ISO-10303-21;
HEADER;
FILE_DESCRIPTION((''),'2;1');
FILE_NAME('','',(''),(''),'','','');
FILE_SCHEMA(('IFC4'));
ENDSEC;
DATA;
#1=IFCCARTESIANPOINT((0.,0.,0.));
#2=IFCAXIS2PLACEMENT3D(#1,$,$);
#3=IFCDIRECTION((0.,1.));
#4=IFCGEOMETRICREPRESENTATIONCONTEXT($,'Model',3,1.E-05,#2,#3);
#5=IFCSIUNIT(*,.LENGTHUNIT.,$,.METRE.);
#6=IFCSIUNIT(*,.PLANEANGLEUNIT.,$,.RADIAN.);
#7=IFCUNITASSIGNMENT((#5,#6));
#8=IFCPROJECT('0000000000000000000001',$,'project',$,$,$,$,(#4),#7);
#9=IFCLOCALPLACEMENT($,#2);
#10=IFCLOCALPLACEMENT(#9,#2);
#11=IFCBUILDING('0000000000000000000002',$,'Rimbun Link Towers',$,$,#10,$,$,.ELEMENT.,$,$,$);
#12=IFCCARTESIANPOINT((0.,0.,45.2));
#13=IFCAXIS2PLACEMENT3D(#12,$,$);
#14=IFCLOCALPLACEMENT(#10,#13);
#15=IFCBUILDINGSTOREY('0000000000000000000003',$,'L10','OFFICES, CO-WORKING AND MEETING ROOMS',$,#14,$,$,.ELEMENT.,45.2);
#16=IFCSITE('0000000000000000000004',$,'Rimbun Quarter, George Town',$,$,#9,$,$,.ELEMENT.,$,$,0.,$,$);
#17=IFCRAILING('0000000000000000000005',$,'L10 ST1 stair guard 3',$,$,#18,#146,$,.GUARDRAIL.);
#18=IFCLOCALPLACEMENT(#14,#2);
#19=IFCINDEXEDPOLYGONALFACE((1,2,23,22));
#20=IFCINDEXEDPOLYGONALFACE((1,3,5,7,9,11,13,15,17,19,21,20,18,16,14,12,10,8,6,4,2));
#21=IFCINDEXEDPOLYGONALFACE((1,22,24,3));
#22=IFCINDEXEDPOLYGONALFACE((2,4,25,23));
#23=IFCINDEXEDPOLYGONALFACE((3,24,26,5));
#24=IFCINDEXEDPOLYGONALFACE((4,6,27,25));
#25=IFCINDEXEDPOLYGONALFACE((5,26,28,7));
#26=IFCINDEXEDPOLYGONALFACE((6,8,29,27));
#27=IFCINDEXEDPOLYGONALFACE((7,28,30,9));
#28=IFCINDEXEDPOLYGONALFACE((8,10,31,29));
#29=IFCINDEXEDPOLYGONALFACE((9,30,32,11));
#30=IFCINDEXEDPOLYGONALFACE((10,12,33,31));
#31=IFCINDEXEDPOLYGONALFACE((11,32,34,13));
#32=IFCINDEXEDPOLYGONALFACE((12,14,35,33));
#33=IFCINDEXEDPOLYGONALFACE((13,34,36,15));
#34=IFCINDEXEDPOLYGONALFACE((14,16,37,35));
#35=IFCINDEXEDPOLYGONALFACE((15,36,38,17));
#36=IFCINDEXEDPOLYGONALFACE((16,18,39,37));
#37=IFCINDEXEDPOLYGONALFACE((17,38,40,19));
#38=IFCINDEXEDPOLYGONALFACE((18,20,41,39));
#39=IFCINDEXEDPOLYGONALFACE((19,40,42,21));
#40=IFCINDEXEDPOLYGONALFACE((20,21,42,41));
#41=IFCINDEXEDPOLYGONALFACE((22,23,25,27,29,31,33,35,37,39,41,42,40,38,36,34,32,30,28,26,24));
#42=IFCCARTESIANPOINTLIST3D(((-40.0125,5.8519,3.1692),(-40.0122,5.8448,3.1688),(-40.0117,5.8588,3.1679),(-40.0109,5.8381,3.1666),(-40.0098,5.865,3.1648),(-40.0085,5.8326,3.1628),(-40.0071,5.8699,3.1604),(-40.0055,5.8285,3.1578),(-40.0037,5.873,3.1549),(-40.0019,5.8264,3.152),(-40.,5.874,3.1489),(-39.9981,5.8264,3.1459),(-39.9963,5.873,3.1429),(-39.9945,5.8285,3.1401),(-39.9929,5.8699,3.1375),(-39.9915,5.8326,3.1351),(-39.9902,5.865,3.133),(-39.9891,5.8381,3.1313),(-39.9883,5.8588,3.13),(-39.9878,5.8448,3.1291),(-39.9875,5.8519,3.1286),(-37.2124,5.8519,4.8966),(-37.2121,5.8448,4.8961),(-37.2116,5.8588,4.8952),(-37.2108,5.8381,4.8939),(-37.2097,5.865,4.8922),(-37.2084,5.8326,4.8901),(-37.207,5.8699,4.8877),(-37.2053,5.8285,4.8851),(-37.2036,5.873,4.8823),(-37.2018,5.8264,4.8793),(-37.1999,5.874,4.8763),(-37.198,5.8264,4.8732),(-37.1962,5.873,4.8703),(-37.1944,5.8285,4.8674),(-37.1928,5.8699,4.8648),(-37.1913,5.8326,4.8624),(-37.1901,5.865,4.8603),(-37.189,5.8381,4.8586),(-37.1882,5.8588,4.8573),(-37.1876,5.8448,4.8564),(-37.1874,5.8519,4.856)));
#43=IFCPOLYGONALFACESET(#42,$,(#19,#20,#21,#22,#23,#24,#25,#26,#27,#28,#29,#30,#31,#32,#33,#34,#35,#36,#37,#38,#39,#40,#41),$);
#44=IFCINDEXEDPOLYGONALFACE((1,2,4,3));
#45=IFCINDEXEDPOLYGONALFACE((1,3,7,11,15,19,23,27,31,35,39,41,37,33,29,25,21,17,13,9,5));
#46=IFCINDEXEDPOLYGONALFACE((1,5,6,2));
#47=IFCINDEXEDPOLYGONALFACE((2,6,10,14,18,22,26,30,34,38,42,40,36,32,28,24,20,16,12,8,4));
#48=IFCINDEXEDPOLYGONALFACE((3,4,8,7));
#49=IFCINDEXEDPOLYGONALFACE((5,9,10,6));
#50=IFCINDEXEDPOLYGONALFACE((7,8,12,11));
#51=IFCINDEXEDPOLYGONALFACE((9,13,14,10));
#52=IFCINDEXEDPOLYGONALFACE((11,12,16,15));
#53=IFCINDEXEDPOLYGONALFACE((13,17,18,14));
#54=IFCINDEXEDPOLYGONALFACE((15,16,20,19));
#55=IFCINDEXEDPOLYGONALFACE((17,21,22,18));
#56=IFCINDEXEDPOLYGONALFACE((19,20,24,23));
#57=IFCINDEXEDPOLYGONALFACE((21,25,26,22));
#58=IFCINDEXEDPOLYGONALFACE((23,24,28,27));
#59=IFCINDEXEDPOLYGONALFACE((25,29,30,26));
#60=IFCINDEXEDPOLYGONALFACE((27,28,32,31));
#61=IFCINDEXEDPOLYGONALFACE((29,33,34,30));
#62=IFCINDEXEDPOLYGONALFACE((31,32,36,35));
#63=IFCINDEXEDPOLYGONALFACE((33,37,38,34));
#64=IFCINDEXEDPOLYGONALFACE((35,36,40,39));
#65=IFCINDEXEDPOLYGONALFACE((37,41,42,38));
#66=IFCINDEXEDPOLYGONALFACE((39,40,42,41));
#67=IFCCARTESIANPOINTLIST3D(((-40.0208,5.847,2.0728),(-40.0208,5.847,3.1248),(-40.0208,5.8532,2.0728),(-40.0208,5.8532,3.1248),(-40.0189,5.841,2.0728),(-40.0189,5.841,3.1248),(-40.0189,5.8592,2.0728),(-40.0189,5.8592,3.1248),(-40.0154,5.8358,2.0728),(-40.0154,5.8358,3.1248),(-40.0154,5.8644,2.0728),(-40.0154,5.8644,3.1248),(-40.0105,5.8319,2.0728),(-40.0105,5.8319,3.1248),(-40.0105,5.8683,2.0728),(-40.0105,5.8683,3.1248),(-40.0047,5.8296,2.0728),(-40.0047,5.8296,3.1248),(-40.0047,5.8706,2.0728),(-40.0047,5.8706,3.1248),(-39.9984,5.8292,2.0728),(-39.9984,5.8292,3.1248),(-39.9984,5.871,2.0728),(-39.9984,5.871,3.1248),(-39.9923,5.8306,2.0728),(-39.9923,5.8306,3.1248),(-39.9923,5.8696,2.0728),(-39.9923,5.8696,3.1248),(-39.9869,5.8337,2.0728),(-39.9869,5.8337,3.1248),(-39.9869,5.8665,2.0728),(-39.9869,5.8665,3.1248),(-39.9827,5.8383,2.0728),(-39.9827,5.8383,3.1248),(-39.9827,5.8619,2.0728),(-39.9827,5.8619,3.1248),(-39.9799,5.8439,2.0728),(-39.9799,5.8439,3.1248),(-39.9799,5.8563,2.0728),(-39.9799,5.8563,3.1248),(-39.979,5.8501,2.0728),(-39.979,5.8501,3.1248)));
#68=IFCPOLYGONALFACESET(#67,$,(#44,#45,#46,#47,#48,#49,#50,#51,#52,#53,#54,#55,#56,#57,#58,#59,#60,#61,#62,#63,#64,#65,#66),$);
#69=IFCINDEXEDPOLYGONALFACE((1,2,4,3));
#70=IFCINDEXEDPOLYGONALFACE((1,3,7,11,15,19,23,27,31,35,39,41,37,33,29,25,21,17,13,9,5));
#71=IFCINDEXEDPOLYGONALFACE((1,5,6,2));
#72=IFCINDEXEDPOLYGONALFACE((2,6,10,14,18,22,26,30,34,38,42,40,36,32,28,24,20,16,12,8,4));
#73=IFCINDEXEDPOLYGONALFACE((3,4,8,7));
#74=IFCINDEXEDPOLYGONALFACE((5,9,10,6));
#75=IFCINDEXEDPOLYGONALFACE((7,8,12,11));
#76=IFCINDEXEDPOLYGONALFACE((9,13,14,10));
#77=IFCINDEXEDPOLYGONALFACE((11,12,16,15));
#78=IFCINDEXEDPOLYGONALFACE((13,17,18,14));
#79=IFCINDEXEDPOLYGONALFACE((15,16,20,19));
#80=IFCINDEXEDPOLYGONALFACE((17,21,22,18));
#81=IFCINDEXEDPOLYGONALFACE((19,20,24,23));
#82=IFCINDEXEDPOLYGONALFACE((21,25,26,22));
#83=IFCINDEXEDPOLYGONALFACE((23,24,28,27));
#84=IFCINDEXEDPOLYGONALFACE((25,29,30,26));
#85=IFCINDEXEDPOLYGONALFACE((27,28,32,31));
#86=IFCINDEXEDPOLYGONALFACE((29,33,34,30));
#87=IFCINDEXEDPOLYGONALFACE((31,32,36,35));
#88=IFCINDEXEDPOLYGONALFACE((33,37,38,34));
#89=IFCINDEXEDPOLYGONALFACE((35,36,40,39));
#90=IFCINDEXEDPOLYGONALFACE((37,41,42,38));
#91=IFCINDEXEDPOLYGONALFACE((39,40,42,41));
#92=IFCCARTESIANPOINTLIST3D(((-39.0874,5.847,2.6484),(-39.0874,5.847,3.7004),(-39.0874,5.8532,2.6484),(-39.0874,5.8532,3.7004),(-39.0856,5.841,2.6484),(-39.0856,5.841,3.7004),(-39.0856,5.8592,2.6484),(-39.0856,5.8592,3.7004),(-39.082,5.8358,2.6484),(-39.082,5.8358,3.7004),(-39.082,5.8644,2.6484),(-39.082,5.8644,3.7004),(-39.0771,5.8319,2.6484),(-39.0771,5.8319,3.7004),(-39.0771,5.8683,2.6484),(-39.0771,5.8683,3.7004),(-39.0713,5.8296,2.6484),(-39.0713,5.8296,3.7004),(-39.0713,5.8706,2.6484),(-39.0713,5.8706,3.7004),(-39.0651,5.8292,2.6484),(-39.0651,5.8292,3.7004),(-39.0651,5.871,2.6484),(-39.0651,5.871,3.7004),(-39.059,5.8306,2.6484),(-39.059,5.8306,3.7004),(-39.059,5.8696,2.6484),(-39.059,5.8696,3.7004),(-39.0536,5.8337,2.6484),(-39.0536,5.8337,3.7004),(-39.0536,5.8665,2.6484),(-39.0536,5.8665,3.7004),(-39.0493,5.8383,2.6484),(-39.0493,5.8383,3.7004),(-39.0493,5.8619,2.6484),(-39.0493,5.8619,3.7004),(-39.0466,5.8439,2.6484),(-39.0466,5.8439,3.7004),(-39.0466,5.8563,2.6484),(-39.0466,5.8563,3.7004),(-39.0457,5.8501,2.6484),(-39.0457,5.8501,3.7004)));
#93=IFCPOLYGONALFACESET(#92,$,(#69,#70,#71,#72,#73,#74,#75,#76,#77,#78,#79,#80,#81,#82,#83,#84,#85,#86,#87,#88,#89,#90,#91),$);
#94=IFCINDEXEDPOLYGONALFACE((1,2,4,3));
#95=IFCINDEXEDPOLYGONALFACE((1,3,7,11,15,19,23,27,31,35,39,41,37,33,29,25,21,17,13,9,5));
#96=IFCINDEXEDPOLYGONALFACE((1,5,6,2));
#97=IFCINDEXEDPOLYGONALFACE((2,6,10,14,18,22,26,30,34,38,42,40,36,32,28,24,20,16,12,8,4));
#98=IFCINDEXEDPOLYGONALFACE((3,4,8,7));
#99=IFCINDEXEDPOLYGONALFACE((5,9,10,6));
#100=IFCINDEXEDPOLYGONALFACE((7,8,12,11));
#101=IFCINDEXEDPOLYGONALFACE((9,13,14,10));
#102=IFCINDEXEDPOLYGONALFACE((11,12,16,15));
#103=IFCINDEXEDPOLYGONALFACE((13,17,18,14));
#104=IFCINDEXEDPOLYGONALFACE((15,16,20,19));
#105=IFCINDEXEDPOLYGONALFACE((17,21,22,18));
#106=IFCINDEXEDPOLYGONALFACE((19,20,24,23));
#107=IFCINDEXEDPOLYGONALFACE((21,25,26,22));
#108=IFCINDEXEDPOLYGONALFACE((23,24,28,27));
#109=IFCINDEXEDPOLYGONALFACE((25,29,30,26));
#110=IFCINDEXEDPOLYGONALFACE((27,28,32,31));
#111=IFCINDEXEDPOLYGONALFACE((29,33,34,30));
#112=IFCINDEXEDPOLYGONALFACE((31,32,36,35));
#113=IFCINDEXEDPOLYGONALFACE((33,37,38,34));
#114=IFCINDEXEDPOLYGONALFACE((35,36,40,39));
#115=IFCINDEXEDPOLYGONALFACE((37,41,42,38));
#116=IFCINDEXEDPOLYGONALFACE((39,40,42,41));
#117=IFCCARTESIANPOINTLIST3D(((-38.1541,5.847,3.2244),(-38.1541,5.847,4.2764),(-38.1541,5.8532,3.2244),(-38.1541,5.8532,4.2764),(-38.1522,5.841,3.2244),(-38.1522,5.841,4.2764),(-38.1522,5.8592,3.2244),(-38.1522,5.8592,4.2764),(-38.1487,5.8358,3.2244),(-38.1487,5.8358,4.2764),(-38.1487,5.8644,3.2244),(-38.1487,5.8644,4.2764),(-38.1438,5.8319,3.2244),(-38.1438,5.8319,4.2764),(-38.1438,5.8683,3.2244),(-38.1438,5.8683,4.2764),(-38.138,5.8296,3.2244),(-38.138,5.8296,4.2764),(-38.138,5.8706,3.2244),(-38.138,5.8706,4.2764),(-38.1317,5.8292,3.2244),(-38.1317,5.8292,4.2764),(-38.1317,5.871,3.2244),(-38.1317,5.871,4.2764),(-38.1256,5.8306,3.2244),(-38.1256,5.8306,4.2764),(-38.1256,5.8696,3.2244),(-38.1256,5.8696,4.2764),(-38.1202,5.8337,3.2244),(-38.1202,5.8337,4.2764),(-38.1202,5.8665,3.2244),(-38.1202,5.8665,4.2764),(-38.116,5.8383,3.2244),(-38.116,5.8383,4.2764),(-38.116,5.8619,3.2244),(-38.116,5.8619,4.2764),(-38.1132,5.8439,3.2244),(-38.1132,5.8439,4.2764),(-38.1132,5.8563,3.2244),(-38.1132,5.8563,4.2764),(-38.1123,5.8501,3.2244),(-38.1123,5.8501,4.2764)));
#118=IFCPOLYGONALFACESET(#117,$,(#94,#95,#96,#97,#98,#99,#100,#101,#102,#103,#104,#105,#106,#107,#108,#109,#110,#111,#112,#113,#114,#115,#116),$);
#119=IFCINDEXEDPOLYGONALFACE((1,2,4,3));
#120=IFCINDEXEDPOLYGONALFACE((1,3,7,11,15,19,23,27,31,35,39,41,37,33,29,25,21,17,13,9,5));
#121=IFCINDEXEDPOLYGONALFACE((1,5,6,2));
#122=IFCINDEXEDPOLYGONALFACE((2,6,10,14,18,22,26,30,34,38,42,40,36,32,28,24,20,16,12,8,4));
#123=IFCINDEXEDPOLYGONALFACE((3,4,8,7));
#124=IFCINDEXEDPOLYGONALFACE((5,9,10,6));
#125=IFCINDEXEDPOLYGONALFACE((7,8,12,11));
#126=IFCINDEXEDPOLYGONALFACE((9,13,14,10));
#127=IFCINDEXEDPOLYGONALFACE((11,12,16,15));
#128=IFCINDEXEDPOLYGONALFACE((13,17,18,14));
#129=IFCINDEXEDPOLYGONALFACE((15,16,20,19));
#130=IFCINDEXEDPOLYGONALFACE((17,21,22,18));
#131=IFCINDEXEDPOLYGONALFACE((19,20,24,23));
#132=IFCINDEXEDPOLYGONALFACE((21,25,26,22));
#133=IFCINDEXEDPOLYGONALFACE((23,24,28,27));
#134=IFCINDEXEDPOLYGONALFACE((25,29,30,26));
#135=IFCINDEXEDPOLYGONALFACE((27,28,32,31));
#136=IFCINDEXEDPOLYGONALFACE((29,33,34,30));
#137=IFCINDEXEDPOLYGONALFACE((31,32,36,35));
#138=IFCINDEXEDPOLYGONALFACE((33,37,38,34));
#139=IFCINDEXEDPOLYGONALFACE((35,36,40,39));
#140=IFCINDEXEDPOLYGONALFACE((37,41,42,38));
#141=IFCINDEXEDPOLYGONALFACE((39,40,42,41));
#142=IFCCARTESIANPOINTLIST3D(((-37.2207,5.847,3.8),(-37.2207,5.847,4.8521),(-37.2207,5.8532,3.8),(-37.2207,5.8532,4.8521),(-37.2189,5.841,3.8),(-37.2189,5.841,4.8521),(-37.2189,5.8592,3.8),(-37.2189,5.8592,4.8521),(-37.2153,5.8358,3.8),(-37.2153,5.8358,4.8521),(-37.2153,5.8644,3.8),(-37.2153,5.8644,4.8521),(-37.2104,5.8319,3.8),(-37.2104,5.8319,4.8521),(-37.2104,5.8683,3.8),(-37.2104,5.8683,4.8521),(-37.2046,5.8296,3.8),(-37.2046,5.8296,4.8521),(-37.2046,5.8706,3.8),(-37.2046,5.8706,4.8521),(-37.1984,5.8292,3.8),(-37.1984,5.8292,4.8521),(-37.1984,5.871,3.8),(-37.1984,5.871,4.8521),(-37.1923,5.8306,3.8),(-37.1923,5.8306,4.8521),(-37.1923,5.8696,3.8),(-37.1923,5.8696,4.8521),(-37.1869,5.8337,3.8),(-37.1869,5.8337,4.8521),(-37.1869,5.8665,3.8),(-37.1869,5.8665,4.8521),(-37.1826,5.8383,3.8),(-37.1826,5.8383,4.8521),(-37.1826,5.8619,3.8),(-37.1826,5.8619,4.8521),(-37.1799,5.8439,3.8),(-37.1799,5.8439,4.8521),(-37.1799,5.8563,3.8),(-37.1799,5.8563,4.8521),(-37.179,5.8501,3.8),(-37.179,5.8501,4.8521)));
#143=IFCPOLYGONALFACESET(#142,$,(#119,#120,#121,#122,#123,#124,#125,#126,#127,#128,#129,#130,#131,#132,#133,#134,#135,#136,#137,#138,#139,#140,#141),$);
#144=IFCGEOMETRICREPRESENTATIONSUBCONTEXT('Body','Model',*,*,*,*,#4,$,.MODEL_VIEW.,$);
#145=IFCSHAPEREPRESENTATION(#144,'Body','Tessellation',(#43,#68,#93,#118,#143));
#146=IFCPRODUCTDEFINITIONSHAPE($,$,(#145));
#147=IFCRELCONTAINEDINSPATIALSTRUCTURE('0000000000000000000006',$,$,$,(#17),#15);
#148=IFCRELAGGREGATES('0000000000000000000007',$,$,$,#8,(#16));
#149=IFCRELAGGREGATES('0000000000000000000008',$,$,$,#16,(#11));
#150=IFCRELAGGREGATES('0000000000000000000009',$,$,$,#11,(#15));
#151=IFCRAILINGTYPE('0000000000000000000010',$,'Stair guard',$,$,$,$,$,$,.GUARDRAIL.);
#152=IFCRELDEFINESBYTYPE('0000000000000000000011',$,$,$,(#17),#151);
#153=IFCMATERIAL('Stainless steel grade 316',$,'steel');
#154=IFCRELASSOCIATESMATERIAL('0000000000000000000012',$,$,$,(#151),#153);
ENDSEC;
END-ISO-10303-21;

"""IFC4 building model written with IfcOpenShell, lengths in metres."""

from ifc_helpers import new_model, si_unit, direction, frame, origin, origin_2d, place, context, subcontext, project, spatial, circle, extrude, material, type_object, element, save


model = new_model("IFC4")

# Units and contexts
model_context = context("Model", 3, precision=1e-05, world=origin(), true_north=direction((0.0, 1.0)))
body_context = subcontext(model_context, "Body", "Model", "MODEL_VIEW")
ifc_project = project(units=[si_unit("LENGTHUNIT", "METRE"), si_unit("PLANEANGLEUNIT", "RADIAN")], contexts=[model_context])

# Site, building, storey
site_placement = place(None, origin())
site = spatial("IfcSite", under=ifc_project, at=site_placement, Name="Rimbun Quarter, George Town", CompositionType="ELEMENT", RefElevation=0.0)
building_placement = place(site_placement, origin())
building = spatial("IfcBuilding", under=site, at=building_placement, Name="Rimbun Link Towers", CompositionType="ELEMENT")
storey_placement = place(building_placement, frame((0.0, 0.0, 45.2)))
storey = spatial("IfcBuildingStorey", under=building, at=storey_placement, Name="L10", Description="OFFICES, CO-WORKING AND MEETING ROOMS", CompositionType="ELEMENT", Elevation=45.2)

# Railing
ifc_material_1 = material(Name="Stainless steel grade 316", Category="steel")
railing_type_1 = type_object("IfcRailingType", Name="Stair guard", PredefinedType="GUARDRAIL", material=ifc_material_1)
railing_1_placement = place(storey_placement, frame((-40.0, 5.8501, 2.0728)))
element("IfcRailing", 1, at=railing_1_placement, inside=storey, type_object=railing_type_1, Name="L10 ST1 stair guard 3", PredefinedType="GUARDRAIL", context=body_context, shape_type="SweptSolid", body=[
    extrude(circle(Radius=0.0239, at=origin_2d()), frame((0.0, 0.0, 1.0762), z_axis=(0.85109, 0.0, 0.52502), x_axis=(0.0, 1.0, 0.0)), (0.0, 0.0, 1.0), 3.29),
    extrude(circle(Radius=0.021, at=origin_2d()), origin(), (0.0, 0.0, 1.0), 1.052),
    extrude(circle(Radius=0.021, at=origin_2d()), frame((0.9333, 0.0, 0.5757)), (0.0, 0.0, 1.0), 1.052),
    extrude(circle(Radius=0.021, at=origin_2d()), frame((1.8667, 0.0, 1.1516)), (0.0, 0.0, 1.0), 1.052),
    extrude(circle(Radius=0.021, at=origin_2d()), frame((2.8, 0.0, 1.7273)), (0.0, 0.0, 1.0), 1.052),
])

save(model, "model.ifc")
